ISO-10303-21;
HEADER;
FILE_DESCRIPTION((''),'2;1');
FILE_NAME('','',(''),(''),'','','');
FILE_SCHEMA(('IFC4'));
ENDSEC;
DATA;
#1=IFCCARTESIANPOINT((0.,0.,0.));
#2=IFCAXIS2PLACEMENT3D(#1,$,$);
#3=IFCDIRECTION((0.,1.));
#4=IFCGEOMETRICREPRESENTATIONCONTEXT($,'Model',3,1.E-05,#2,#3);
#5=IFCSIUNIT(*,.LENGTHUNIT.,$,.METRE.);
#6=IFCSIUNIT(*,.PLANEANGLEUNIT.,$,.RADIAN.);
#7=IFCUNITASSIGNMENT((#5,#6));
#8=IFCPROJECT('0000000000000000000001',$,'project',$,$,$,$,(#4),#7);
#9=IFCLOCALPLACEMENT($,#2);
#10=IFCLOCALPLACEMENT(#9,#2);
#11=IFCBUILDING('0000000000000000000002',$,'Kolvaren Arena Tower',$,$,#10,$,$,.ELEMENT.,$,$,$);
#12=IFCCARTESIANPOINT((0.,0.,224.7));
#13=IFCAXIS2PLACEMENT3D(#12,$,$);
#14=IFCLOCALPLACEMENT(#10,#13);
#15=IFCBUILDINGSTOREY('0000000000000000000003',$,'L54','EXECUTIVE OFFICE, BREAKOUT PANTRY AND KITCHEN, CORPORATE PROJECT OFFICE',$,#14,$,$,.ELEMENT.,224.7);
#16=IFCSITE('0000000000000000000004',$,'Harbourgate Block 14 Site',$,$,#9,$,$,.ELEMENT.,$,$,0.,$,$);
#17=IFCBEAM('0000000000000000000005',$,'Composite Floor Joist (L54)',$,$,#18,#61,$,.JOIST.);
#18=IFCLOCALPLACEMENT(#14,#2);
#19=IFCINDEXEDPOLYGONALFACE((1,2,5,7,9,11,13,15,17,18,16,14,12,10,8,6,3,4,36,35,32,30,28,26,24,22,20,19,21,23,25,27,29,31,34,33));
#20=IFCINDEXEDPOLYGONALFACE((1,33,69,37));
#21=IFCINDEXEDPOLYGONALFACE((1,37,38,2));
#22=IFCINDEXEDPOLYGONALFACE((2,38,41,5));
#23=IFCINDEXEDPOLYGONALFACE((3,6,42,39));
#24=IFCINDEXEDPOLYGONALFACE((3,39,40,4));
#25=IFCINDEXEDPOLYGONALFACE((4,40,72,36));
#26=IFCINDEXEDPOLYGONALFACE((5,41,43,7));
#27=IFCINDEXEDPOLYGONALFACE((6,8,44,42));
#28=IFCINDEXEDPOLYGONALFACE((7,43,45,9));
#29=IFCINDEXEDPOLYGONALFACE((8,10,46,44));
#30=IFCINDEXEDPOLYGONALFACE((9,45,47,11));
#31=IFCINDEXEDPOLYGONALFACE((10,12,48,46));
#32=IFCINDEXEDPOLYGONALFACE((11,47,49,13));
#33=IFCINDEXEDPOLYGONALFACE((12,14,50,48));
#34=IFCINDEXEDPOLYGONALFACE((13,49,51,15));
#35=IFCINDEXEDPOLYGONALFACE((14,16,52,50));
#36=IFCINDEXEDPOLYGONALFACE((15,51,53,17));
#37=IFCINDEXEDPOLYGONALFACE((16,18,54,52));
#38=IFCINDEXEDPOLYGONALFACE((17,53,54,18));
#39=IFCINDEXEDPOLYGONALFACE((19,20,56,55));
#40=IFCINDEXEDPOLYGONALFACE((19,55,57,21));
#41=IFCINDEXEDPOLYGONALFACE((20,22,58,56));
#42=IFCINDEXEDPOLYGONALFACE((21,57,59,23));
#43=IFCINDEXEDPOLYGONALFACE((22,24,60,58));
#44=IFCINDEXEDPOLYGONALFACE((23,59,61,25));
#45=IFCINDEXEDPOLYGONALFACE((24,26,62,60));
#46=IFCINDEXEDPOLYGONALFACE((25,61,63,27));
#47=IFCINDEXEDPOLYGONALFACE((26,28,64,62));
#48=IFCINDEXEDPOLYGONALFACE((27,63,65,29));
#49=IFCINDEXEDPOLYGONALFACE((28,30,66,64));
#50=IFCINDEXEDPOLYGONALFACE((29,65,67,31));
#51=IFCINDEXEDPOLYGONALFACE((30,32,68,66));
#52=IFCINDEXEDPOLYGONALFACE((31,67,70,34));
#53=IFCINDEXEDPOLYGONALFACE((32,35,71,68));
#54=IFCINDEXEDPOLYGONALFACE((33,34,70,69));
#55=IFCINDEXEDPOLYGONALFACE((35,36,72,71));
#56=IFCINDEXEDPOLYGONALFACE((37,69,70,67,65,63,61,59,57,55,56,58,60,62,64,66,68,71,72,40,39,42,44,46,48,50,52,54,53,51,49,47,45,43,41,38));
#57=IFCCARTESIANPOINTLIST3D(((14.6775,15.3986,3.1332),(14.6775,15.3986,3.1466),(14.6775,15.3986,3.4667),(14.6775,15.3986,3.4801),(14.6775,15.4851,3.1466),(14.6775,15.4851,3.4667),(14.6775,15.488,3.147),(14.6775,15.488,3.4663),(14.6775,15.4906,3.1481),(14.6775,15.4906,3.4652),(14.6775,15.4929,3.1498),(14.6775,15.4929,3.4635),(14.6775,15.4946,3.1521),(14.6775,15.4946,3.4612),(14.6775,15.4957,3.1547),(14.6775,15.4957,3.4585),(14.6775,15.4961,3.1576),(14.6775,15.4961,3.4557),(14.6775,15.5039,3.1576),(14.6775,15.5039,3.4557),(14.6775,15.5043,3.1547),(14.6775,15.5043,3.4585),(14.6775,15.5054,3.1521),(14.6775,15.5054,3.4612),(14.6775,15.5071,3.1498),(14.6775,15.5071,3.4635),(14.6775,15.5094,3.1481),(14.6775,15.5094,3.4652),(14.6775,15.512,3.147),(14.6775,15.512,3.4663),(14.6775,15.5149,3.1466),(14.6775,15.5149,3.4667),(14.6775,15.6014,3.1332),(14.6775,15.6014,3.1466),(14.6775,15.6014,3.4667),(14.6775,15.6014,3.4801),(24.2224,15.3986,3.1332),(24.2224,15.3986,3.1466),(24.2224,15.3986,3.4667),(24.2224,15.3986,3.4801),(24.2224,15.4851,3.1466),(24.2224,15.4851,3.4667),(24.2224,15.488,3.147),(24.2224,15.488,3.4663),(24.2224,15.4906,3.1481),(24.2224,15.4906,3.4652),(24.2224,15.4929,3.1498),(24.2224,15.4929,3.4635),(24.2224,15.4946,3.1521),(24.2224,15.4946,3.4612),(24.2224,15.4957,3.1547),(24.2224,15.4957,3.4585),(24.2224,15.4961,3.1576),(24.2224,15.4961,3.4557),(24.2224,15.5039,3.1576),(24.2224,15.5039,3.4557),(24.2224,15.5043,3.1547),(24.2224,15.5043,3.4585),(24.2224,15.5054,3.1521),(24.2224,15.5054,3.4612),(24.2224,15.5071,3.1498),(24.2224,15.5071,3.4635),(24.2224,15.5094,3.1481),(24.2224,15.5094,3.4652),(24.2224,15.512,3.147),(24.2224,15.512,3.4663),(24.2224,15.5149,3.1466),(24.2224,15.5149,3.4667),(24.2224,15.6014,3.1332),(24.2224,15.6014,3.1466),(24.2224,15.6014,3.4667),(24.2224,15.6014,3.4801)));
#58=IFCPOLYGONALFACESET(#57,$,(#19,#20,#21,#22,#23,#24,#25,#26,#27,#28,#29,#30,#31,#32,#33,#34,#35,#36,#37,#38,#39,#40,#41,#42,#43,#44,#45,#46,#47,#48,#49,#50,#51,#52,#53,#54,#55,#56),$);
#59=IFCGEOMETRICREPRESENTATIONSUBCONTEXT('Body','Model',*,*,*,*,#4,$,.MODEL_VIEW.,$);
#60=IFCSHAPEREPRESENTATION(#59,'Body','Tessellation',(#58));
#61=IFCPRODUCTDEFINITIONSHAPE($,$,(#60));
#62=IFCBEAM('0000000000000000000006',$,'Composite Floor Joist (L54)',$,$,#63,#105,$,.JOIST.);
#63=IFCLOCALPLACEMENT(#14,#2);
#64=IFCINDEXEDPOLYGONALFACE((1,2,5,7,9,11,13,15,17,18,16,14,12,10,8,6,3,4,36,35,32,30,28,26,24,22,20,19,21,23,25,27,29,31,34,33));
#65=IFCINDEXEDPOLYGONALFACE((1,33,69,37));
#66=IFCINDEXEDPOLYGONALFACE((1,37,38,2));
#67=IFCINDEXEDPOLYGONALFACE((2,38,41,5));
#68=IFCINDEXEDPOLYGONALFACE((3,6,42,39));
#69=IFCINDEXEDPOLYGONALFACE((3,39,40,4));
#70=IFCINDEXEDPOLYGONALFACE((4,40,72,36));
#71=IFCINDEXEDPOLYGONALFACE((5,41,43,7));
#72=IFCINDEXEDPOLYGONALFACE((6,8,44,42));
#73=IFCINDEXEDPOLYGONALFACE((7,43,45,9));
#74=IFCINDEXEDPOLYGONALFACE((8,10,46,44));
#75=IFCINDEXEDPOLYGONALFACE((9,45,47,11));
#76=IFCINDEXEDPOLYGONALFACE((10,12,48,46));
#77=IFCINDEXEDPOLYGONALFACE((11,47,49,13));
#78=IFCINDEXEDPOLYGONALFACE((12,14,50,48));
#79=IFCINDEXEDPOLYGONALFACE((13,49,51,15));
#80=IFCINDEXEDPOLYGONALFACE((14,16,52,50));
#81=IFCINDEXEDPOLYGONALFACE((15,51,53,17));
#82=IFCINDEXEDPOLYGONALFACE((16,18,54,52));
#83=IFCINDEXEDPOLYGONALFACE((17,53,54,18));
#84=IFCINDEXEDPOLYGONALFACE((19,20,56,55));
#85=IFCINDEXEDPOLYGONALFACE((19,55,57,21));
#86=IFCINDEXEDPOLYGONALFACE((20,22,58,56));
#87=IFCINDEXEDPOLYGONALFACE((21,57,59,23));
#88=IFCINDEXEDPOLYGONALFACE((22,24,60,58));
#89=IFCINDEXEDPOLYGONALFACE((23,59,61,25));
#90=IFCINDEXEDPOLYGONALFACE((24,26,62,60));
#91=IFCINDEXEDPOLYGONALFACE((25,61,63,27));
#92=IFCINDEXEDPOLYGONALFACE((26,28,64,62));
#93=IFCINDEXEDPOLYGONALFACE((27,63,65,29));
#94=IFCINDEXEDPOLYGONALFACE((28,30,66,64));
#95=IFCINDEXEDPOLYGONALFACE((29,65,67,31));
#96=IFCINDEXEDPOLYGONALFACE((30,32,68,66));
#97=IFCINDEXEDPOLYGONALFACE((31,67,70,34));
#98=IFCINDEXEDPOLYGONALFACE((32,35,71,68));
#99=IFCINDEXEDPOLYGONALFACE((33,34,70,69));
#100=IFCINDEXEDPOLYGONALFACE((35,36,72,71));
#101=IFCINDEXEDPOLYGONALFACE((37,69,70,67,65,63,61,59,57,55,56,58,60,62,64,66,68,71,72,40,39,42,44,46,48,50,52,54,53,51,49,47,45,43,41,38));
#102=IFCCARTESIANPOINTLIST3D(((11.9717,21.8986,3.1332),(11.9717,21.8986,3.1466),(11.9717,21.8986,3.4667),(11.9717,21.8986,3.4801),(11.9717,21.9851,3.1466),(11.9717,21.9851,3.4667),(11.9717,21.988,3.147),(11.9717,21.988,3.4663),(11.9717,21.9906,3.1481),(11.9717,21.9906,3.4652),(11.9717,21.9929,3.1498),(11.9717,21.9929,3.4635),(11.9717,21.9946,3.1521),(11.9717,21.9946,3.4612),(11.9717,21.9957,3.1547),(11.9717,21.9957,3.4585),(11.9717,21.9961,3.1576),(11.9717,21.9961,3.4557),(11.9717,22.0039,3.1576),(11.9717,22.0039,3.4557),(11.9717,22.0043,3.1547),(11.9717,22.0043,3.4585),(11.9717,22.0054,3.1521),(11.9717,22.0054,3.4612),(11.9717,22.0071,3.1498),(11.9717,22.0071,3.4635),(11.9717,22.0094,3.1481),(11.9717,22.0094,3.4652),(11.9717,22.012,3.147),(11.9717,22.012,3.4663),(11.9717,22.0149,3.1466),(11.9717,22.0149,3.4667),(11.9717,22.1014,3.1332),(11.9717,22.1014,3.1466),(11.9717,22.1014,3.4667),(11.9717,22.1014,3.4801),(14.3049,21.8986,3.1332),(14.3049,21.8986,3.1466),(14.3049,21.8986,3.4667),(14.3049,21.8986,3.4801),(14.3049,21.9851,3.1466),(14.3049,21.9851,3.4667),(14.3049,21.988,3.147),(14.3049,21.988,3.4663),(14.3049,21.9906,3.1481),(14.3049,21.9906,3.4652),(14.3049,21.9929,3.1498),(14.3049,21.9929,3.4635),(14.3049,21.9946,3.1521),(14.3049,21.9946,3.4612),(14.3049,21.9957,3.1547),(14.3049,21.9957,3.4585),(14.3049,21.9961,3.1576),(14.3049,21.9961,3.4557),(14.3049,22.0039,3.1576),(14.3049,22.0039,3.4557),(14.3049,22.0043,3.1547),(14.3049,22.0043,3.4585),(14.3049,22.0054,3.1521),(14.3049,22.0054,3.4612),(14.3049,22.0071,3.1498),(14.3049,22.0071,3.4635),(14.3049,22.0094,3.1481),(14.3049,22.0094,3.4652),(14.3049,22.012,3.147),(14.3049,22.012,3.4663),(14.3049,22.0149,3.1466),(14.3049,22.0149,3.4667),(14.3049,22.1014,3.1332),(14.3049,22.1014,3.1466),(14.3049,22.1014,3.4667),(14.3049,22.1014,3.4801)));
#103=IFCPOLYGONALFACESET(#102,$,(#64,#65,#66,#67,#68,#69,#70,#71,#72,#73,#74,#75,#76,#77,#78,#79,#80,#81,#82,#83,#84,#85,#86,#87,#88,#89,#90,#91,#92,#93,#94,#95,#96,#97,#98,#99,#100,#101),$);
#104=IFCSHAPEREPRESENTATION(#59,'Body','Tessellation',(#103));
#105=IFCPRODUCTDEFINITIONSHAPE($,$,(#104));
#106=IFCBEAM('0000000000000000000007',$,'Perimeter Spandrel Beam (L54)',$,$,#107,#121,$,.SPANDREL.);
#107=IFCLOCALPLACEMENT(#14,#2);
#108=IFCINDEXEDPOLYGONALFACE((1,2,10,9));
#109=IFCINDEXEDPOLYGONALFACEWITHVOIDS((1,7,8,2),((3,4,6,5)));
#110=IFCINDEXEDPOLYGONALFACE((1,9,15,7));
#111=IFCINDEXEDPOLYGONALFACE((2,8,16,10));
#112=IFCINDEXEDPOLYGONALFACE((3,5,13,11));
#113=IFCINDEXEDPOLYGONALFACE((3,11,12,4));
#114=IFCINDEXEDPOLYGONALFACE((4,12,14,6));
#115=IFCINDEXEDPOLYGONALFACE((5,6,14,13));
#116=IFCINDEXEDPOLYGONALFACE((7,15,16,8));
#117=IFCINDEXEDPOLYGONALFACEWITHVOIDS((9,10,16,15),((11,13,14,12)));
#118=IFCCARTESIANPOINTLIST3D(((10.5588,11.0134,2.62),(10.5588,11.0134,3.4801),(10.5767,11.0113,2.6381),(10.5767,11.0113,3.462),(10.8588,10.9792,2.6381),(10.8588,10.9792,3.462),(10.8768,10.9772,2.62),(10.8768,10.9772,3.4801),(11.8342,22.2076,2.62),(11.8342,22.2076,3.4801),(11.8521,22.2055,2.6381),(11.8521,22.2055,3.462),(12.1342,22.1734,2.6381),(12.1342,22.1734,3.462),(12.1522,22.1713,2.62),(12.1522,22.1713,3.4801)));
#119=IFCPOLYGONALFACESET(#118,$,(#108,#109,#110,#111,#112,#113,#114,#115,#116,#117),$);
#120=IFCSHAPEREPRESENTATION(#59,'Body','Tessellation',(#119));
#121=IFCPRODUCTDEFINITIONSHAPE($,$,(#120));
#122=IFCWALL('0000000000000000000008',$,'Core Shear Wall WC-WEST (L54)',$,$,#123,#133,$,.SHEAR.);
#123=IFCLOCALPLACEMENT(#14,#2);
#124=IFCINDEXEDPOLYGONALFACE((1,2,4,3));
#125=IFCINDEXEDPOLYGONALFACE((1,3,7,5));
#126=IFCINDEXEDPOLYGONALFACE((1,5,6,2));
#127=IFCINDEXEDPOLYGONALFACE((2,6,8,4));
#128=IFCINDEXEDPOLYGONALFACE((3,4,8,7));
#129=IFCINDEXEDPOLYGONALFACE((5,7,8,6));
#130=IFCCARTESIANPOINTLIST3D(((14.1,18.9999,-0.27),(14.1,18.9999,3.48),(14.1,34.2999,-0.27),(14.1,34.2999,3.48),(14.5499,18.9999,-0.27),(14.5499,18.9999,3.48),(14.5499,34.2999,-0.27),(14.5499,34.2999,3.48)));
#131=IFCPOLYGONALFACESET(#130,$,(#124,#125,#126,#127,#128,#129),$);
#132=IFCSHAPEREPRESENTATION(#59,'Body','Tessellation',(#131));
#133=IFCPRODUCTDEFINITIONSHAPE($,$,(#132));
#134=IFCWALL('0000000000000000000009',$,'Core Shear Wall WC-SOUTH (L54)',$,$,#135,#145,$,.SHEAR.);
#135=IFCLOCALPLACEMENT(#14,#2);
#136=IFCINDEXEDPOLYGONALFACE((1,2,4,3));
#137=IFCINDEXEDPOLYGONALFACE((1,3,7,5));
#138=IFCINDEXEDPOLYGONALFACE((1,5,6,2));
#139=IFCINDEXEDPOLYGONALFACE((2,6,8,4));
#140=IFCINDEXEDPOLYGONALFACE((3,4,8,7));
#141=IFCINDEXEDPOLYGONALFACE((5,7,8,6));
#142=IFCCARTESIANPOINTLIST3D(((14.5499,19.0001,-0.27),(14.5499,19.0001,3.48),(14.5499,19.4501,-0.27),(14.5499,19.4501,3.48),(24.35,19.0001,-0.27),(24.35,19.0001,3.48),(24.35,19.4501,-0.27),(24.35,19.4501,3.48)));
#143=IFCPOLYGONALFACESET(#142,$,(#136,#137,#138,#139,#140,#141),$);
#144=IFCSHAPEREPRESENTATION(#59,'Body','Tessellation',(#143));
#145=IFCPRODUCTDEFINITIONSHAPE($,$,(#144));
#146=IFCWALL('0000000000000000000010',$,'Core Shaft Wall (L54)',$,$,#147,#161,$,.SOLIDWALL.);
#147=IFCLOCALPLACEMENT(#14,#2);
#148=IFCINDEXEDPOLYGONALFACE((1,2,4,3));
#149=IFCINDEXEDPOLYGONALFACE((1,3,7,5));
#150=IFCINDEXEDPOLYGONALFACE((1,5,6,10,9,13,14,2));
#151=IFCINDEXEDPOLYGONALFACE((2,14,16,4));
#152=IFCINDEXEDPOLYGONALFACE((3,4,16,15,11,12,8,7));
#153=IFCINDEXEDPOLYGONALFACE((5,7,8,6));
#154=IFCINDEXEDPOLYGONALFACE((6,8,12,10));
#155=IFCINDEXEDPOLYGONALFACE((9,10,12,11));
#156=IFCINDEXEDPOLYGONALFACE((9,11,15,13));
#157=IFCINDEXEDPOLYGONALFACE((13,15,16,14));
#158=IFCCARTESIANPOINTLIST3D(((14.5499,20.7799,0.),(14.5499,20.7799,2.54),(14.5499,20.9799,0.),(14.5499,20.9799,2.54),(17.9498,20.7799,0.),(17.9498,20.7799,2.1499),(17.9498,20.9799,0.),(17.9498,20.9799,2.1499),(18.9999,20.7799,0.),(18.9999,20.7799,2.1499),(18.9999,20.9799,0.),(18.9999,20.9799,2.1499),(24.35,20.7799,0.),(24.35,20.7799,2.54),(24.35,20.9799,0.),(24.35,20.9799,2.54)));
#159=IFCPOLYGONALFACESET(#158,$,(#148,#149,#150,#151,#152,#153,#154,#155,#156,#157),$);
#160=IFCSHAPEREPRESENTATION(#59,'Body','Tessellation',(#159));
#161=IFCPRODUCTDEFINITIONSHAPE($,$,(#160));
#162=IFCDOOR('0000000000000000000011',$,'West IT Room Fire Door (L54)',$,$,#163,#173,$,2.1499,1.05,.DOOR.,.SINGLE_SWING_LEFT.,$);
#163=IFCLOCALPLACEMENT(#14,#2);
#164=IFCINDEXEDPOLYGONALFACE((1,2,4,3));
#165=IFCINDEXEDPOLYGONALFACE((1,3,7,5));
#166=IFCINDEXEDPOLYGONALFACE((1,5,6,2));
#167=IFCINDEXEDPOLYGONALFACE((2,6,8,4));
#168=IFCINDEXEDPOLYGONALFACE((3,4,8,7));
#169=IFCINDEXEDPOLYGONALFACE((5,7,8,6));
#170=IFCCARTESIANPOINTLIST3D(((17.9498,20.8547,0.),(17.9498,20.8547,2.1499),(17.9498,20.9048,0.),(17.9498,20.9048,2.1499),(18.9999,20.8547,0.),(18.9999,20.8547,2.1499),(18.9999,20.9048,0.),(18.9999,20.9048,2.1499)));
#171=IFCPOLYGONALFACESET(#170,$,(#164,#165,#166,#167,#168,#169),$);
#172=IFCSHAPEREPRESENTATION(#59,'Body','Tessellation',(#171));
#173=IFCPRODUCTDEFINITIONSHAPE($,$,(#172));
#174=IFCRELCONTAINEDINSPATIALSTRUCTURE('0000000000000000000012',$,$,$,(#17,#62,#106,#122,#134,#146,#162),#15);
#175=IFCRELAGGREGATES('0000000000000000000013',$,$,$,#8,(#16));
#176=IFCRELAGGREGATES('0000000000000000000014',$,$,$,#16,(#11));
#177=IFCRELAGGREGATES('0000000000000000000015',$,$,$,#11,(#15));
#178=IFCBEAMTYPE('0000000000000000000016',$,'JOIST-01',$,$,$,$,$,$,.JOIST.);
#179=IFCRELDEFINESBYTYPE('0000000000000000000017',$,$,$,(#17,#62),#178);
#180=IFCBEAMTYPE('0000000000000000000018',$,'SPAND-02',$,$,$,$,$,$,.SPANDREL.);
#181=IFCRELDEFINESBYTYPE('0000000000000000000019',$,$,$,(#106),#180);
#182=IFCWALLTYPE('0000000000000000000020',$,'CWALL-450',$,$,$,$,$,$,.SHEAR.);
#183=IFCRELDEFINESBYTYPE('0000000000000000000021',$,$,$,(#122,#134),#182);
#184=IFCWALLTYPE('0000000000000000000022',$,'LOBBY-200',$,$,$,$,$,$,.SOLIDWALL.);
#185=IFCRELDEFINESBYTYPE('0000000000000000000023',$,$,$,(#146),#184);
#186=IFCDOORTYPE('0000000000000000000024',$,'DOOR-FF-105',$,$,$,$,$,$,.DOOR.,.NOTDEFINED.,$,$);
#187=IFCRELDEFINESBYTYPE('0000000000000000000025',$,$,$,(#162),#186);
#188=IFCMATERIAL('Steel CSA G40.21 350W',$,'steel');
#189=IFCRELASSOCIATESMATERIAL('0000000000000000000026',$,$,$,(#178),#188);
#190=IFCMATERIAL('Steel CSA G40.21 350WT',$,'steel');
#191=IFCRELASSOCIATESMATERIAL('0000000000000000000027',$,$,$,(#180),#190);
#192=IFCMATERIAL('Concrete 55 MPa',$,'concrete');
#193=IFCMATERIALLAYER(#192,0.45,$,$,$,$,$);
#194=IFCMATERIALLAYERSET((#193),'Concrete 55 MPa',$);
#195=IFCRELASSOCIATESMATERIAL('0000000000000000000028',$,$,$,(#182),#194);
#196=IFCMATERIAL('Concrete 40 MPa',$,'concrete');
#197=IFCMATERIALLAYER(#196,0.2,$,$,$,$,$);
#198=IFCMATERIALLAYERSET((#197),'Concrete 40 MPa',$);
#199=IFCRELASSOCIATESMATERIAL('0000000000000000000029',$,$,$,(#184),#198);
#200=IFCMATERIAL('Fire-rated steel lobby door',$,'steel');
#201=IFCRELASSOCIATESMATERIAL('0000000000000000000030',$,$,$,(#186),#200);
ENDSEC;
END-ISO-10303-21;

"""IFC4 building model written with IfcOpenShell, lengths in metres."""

from ifc_helpers import new_model, si_unit, direction, frame, frame_2d, origin, origin_2d, place, context, subcontext, project, spatial, rectangle, hollow_rectangle, i_section, extrude, material, layer, layer_set, material_profile, profile_set, type_object, element, fill, save


model = new_model("IFC4")

# Units and contexts
model_context = context("Model", 3, precision=1e-05, world=origin(), true_north=direction((0.0, 1.0)))
body_context = subcontext(model_context, "Body", "Model", "MODEL_VIEW")
ifc_project = project(units=[si_unit("LENGTHUNIT", "METRE"), si_unit("PLANEANGLEUNIT", "RADIAN")], contexts=[model_context])

# Site, building, storey
site_placement = place(None, origin())
site = spatial("IfcSite", under=ifc_project, at=site_placement, Name="Harbourgate Block 14 Site", CompositionType="ELEMENT", RefElevation=0.0)
building_placement = place(site_placement, origin())
building = spatial("IfcBuilding", under=site, at=building_placement, Name="Kolvaren Arena Tower", CompositionType="ELEMENT")
storey_placement = place(building_placement, frame((0.0, 0.0, 224.7)))
storey = spatial("IfcBuildingStorey", under=building, at=storey_placement, Name="L54", Description="EXECUTIVE OFFICE, BREAKOUT PANTRY AND KITCHEN, CORPORATE PROJECT OFFICE", CompositionType="ELEMENT", Elevation=224.7)

# Beams
ifc_material_1 = material(Name="Steel CSA G40.21 350W", Category="steel")
ifc_material_profile_1 = material_profile(ifc_material_1, i_section(OverallWidth=0.2029, OverallDepth=0.3469, WebThickness=0.0078, FlangeThickness=0.0134, FilletRadius=0.011, at=origin_2d()), Name="W360x64")
ifc_profile_set_1 = profile_set([ifc_material_profile_1], Name="Steel CSA G40.21 350W")
beam_type_1 = type_object("IfcBeamType", Name="JOIST-01", PredefinedType="JOIST", material=ifc_profile_set_1)
beam_1_placement = place(storey_placement, frame((14.6775, 15.5, 3.3066), z_axis=(1.0, 0.0, 0.0), x_axis=(0.0, 1.0, 0.0)))
element("IfcBeam", 1, at=beam_1_placement, inside=storey, type_object=beam_type_1, Name="Composite Floor Joist (L54)", PredefinedType="JOIST", context=body_context, shape_type="SweptSolid", body=[
    extrude(i_section(OverallWidth=0.2029, OverallDepth=0.3469, WebThickness=0.0078, FlangeThickness=0.0134, FilletRadius=0.011, at=origin_2d()), origin(), (0.0, 0.0, 1.0), 9.5449),
])
beam_2_placement = place(storey_placement, frame((11.9717, 22.0, 3.3066), z_axis=(1.0, 0.0, 0.0), x_axis=(0.0, 1.0, 0.0)))
element("IfcBeam", 2, at=beam_2_placement, inside=storey, type_object=beam_type_1, Name="Composite Floor Joist (L54)", PredefinedType="JOIST", context=body_context, shape_type="SweptSolid", body=[
    extrude(i_section(OverallWidth=0.2029, OverallDepth=0.3469, WebThickness=0.0078, FlangeThickness=0.0134, FilletRadius=0.011, at=origin_2d()), origin(), (0.0, 0.0, 1.0), 2.3333),
])
ifc_material_2 = material(Name="Steel CSA G40.21 350WT", Category="steel")
ifc_material_profile_2 = material_profile(ifc_material_2, hollow_rectangle(XDim=0.3201, YDim=0.8601, WallThickness=0.0181, at=origin_2d()), Name="HSS 860x320x18")
ifc_profile_set_2 = profile_set([ifc_material_profile_2], Name="Steel CSA G40.21 350WT")
beam_type_2 = type_object("IfcBeamType", Name="SPAND-02", PredefinedType="SPANDREL", material=ifc_profile_set_2)
beam_3_placement = place(storey_placement, frame((11.9932, 22.1895, 3.05), z_axis=(-0.113202, -0.993572, 0.0), x_axis=(0.993572, -0.113202, 0.0)))
element("IfcBeam", 3, at=beam_3_placement, inside=storey, type_object=beam_type_2, Name="Perimeter Spandrel Beam (L54)", PredefinedType="SPANDREL", context=body_context, shape_type="SweptSolid", body=[
    extrude(hollow_rectangle(XDim=0.3201, YDim=0.8601, WallThickness=0.0181, at=origin_2d()), origin(), (0.0, 0.0, 1.0), 11.2666),
])

# Walls
ifc_material_3 = material(Name="Concrete 55 MPa", Category="concrete")
ifc_layer_1 = layer(ifc_material_3, 0.45)
ifc_layer_set_1 = layer_set([ifc_layer_1], Name="Concrete 55 MPa")
wall_type_1 = type_object("IfcWallType", Name="CWALL-450", PredefinedType="SHEAR", material=ifc_layer_set_1)
wall_1_placement = place(storey_placement, frame((14.325, 19.0, -0.27), z_axis=(0.0, 0.0, 1.0), x_axis=(0.0, 1.0, 0.0)))
element("IfcWall", 4, at=wall_1_placement, inside=storey, type_object=wall_type_1, Name="Core Shear Wall WC-WEST (L54)", PredefinedType="SHEAR", context=body_context, shape_type="SweptSolid", body=[
    extrude(rectangle(XDim=15.3, YDim=0.45, at=frame_2d((7.6499, 0.0))), origin(), (0.0, 0.0, 1.0), 3.75),
])
wall_2_placement = place(storey_placement, frame((14.55, 19.2251, -0.27), z_axis=(0.0, 0.0, 1.0), x_axis=(1.0, 0.0, 0.0)))
element("IfcWall", 5, at=wall_2_placement, inside=storey, type_object=wall_type_1, Name="Core Shear Wall WC-SOUTH (L54)", PredefinedType="SHEAR", context=body_context, shape_type="SweptSolid", body=[
    extrude(rectangle(XDim=9.8, YDim=0.45, at=frame_2d((4.8999, 0.0))), origin(), (0.0, 0.0, 1.0), 3.75),
])

# Wall, opening, door
ifc_material_4 = material(Name="Concrete 40 MPa", Category="concrete")
ifc_layer_2 = layer(ifc_material_4, 0.2)
ifc_layer_set_2 = layer_set([ifc_layer_2], Name="Concrete 40 MPa")
wall_type_2 = type_object("IfcWallType", Name="LOBBY-200", PredefinedType="SOLIDWALL", material=ifc_layer_set_2)
wall_3_placement = place(storey_placement, frame((14.55, 20.8799, 0.0), z_axis=(0.0, 0.0, 1.0), x_axis=(1.0, 0.0, 0.0)))
wall_3 = element("IfcWall", 6, at=wall_3_placement, inside=storey, type_object=wall_type_2, Name="Core Shaft Wall (L54)", PredefinedType="SOLIDWALL", context=body_context, shape_type="SweptSolid", body=[
    extrude(rectangle(XDim=9.8, YDim=0.2, at=frame_2d((4.8999, 0.0))), origin(), (0.0, 0.0, 1.0), 2.54),
])
opening_placement = place(wall_3_placement, frame((3.3999, 0.0, 0.0)))
opening = element("IfcOpeningElement", 7, at=opening_placement, cuts=wall_3, PredefinedType="OPENING", context=body_context, shape_type="SweptSolid", body=[
    extrude(rectangle(XDim=1.05, YDim=2.1499, at=frame_2d((0.5249, 1.075))), frame((0.0, 0.1099, 0.0), z_axis=(0.0, -1.0, 0.0), x_axis=(1.0, 0.0, 0.0)), (0.0, 0.0, 1.0), 0.22),
])
ifc_material_5 = material(Name="Fire-rated steel lobby door", Category="steel")
door_type = type_object("IfcDoorType", Name="DOOR-FF-105", OperationType="NOTDEFINED", PredefinedType="DOOR", material=ifc_material_5)
door_placement = place(opening_placement, origin())
door = element("IfcDoor", 8, at=door_placement, inside=storey, type_object=door_type, Name="West IT Room Fire Door (L54)", OperationType="SINGLE_SWING_LEFT", OverallHeight=2.1499, OverallWidth=1.05, PredefinedType="DOOR", context=body_context, shape_type="SweptSolid", body=[
    extrude(rectangle(XDim=1.05, YDim=2.1499, at=frame_2d((0.5249, 1.075))), frame((0.0, 0.0249, 0.0), z_axis=(0.0, -1.0, 0.0), x_axis=(1.0, 0.0, 0.0)), (0.0, 0.0, 1.0), 0.05),
])
fill(opening, door)

save(model, "model.ifc")
